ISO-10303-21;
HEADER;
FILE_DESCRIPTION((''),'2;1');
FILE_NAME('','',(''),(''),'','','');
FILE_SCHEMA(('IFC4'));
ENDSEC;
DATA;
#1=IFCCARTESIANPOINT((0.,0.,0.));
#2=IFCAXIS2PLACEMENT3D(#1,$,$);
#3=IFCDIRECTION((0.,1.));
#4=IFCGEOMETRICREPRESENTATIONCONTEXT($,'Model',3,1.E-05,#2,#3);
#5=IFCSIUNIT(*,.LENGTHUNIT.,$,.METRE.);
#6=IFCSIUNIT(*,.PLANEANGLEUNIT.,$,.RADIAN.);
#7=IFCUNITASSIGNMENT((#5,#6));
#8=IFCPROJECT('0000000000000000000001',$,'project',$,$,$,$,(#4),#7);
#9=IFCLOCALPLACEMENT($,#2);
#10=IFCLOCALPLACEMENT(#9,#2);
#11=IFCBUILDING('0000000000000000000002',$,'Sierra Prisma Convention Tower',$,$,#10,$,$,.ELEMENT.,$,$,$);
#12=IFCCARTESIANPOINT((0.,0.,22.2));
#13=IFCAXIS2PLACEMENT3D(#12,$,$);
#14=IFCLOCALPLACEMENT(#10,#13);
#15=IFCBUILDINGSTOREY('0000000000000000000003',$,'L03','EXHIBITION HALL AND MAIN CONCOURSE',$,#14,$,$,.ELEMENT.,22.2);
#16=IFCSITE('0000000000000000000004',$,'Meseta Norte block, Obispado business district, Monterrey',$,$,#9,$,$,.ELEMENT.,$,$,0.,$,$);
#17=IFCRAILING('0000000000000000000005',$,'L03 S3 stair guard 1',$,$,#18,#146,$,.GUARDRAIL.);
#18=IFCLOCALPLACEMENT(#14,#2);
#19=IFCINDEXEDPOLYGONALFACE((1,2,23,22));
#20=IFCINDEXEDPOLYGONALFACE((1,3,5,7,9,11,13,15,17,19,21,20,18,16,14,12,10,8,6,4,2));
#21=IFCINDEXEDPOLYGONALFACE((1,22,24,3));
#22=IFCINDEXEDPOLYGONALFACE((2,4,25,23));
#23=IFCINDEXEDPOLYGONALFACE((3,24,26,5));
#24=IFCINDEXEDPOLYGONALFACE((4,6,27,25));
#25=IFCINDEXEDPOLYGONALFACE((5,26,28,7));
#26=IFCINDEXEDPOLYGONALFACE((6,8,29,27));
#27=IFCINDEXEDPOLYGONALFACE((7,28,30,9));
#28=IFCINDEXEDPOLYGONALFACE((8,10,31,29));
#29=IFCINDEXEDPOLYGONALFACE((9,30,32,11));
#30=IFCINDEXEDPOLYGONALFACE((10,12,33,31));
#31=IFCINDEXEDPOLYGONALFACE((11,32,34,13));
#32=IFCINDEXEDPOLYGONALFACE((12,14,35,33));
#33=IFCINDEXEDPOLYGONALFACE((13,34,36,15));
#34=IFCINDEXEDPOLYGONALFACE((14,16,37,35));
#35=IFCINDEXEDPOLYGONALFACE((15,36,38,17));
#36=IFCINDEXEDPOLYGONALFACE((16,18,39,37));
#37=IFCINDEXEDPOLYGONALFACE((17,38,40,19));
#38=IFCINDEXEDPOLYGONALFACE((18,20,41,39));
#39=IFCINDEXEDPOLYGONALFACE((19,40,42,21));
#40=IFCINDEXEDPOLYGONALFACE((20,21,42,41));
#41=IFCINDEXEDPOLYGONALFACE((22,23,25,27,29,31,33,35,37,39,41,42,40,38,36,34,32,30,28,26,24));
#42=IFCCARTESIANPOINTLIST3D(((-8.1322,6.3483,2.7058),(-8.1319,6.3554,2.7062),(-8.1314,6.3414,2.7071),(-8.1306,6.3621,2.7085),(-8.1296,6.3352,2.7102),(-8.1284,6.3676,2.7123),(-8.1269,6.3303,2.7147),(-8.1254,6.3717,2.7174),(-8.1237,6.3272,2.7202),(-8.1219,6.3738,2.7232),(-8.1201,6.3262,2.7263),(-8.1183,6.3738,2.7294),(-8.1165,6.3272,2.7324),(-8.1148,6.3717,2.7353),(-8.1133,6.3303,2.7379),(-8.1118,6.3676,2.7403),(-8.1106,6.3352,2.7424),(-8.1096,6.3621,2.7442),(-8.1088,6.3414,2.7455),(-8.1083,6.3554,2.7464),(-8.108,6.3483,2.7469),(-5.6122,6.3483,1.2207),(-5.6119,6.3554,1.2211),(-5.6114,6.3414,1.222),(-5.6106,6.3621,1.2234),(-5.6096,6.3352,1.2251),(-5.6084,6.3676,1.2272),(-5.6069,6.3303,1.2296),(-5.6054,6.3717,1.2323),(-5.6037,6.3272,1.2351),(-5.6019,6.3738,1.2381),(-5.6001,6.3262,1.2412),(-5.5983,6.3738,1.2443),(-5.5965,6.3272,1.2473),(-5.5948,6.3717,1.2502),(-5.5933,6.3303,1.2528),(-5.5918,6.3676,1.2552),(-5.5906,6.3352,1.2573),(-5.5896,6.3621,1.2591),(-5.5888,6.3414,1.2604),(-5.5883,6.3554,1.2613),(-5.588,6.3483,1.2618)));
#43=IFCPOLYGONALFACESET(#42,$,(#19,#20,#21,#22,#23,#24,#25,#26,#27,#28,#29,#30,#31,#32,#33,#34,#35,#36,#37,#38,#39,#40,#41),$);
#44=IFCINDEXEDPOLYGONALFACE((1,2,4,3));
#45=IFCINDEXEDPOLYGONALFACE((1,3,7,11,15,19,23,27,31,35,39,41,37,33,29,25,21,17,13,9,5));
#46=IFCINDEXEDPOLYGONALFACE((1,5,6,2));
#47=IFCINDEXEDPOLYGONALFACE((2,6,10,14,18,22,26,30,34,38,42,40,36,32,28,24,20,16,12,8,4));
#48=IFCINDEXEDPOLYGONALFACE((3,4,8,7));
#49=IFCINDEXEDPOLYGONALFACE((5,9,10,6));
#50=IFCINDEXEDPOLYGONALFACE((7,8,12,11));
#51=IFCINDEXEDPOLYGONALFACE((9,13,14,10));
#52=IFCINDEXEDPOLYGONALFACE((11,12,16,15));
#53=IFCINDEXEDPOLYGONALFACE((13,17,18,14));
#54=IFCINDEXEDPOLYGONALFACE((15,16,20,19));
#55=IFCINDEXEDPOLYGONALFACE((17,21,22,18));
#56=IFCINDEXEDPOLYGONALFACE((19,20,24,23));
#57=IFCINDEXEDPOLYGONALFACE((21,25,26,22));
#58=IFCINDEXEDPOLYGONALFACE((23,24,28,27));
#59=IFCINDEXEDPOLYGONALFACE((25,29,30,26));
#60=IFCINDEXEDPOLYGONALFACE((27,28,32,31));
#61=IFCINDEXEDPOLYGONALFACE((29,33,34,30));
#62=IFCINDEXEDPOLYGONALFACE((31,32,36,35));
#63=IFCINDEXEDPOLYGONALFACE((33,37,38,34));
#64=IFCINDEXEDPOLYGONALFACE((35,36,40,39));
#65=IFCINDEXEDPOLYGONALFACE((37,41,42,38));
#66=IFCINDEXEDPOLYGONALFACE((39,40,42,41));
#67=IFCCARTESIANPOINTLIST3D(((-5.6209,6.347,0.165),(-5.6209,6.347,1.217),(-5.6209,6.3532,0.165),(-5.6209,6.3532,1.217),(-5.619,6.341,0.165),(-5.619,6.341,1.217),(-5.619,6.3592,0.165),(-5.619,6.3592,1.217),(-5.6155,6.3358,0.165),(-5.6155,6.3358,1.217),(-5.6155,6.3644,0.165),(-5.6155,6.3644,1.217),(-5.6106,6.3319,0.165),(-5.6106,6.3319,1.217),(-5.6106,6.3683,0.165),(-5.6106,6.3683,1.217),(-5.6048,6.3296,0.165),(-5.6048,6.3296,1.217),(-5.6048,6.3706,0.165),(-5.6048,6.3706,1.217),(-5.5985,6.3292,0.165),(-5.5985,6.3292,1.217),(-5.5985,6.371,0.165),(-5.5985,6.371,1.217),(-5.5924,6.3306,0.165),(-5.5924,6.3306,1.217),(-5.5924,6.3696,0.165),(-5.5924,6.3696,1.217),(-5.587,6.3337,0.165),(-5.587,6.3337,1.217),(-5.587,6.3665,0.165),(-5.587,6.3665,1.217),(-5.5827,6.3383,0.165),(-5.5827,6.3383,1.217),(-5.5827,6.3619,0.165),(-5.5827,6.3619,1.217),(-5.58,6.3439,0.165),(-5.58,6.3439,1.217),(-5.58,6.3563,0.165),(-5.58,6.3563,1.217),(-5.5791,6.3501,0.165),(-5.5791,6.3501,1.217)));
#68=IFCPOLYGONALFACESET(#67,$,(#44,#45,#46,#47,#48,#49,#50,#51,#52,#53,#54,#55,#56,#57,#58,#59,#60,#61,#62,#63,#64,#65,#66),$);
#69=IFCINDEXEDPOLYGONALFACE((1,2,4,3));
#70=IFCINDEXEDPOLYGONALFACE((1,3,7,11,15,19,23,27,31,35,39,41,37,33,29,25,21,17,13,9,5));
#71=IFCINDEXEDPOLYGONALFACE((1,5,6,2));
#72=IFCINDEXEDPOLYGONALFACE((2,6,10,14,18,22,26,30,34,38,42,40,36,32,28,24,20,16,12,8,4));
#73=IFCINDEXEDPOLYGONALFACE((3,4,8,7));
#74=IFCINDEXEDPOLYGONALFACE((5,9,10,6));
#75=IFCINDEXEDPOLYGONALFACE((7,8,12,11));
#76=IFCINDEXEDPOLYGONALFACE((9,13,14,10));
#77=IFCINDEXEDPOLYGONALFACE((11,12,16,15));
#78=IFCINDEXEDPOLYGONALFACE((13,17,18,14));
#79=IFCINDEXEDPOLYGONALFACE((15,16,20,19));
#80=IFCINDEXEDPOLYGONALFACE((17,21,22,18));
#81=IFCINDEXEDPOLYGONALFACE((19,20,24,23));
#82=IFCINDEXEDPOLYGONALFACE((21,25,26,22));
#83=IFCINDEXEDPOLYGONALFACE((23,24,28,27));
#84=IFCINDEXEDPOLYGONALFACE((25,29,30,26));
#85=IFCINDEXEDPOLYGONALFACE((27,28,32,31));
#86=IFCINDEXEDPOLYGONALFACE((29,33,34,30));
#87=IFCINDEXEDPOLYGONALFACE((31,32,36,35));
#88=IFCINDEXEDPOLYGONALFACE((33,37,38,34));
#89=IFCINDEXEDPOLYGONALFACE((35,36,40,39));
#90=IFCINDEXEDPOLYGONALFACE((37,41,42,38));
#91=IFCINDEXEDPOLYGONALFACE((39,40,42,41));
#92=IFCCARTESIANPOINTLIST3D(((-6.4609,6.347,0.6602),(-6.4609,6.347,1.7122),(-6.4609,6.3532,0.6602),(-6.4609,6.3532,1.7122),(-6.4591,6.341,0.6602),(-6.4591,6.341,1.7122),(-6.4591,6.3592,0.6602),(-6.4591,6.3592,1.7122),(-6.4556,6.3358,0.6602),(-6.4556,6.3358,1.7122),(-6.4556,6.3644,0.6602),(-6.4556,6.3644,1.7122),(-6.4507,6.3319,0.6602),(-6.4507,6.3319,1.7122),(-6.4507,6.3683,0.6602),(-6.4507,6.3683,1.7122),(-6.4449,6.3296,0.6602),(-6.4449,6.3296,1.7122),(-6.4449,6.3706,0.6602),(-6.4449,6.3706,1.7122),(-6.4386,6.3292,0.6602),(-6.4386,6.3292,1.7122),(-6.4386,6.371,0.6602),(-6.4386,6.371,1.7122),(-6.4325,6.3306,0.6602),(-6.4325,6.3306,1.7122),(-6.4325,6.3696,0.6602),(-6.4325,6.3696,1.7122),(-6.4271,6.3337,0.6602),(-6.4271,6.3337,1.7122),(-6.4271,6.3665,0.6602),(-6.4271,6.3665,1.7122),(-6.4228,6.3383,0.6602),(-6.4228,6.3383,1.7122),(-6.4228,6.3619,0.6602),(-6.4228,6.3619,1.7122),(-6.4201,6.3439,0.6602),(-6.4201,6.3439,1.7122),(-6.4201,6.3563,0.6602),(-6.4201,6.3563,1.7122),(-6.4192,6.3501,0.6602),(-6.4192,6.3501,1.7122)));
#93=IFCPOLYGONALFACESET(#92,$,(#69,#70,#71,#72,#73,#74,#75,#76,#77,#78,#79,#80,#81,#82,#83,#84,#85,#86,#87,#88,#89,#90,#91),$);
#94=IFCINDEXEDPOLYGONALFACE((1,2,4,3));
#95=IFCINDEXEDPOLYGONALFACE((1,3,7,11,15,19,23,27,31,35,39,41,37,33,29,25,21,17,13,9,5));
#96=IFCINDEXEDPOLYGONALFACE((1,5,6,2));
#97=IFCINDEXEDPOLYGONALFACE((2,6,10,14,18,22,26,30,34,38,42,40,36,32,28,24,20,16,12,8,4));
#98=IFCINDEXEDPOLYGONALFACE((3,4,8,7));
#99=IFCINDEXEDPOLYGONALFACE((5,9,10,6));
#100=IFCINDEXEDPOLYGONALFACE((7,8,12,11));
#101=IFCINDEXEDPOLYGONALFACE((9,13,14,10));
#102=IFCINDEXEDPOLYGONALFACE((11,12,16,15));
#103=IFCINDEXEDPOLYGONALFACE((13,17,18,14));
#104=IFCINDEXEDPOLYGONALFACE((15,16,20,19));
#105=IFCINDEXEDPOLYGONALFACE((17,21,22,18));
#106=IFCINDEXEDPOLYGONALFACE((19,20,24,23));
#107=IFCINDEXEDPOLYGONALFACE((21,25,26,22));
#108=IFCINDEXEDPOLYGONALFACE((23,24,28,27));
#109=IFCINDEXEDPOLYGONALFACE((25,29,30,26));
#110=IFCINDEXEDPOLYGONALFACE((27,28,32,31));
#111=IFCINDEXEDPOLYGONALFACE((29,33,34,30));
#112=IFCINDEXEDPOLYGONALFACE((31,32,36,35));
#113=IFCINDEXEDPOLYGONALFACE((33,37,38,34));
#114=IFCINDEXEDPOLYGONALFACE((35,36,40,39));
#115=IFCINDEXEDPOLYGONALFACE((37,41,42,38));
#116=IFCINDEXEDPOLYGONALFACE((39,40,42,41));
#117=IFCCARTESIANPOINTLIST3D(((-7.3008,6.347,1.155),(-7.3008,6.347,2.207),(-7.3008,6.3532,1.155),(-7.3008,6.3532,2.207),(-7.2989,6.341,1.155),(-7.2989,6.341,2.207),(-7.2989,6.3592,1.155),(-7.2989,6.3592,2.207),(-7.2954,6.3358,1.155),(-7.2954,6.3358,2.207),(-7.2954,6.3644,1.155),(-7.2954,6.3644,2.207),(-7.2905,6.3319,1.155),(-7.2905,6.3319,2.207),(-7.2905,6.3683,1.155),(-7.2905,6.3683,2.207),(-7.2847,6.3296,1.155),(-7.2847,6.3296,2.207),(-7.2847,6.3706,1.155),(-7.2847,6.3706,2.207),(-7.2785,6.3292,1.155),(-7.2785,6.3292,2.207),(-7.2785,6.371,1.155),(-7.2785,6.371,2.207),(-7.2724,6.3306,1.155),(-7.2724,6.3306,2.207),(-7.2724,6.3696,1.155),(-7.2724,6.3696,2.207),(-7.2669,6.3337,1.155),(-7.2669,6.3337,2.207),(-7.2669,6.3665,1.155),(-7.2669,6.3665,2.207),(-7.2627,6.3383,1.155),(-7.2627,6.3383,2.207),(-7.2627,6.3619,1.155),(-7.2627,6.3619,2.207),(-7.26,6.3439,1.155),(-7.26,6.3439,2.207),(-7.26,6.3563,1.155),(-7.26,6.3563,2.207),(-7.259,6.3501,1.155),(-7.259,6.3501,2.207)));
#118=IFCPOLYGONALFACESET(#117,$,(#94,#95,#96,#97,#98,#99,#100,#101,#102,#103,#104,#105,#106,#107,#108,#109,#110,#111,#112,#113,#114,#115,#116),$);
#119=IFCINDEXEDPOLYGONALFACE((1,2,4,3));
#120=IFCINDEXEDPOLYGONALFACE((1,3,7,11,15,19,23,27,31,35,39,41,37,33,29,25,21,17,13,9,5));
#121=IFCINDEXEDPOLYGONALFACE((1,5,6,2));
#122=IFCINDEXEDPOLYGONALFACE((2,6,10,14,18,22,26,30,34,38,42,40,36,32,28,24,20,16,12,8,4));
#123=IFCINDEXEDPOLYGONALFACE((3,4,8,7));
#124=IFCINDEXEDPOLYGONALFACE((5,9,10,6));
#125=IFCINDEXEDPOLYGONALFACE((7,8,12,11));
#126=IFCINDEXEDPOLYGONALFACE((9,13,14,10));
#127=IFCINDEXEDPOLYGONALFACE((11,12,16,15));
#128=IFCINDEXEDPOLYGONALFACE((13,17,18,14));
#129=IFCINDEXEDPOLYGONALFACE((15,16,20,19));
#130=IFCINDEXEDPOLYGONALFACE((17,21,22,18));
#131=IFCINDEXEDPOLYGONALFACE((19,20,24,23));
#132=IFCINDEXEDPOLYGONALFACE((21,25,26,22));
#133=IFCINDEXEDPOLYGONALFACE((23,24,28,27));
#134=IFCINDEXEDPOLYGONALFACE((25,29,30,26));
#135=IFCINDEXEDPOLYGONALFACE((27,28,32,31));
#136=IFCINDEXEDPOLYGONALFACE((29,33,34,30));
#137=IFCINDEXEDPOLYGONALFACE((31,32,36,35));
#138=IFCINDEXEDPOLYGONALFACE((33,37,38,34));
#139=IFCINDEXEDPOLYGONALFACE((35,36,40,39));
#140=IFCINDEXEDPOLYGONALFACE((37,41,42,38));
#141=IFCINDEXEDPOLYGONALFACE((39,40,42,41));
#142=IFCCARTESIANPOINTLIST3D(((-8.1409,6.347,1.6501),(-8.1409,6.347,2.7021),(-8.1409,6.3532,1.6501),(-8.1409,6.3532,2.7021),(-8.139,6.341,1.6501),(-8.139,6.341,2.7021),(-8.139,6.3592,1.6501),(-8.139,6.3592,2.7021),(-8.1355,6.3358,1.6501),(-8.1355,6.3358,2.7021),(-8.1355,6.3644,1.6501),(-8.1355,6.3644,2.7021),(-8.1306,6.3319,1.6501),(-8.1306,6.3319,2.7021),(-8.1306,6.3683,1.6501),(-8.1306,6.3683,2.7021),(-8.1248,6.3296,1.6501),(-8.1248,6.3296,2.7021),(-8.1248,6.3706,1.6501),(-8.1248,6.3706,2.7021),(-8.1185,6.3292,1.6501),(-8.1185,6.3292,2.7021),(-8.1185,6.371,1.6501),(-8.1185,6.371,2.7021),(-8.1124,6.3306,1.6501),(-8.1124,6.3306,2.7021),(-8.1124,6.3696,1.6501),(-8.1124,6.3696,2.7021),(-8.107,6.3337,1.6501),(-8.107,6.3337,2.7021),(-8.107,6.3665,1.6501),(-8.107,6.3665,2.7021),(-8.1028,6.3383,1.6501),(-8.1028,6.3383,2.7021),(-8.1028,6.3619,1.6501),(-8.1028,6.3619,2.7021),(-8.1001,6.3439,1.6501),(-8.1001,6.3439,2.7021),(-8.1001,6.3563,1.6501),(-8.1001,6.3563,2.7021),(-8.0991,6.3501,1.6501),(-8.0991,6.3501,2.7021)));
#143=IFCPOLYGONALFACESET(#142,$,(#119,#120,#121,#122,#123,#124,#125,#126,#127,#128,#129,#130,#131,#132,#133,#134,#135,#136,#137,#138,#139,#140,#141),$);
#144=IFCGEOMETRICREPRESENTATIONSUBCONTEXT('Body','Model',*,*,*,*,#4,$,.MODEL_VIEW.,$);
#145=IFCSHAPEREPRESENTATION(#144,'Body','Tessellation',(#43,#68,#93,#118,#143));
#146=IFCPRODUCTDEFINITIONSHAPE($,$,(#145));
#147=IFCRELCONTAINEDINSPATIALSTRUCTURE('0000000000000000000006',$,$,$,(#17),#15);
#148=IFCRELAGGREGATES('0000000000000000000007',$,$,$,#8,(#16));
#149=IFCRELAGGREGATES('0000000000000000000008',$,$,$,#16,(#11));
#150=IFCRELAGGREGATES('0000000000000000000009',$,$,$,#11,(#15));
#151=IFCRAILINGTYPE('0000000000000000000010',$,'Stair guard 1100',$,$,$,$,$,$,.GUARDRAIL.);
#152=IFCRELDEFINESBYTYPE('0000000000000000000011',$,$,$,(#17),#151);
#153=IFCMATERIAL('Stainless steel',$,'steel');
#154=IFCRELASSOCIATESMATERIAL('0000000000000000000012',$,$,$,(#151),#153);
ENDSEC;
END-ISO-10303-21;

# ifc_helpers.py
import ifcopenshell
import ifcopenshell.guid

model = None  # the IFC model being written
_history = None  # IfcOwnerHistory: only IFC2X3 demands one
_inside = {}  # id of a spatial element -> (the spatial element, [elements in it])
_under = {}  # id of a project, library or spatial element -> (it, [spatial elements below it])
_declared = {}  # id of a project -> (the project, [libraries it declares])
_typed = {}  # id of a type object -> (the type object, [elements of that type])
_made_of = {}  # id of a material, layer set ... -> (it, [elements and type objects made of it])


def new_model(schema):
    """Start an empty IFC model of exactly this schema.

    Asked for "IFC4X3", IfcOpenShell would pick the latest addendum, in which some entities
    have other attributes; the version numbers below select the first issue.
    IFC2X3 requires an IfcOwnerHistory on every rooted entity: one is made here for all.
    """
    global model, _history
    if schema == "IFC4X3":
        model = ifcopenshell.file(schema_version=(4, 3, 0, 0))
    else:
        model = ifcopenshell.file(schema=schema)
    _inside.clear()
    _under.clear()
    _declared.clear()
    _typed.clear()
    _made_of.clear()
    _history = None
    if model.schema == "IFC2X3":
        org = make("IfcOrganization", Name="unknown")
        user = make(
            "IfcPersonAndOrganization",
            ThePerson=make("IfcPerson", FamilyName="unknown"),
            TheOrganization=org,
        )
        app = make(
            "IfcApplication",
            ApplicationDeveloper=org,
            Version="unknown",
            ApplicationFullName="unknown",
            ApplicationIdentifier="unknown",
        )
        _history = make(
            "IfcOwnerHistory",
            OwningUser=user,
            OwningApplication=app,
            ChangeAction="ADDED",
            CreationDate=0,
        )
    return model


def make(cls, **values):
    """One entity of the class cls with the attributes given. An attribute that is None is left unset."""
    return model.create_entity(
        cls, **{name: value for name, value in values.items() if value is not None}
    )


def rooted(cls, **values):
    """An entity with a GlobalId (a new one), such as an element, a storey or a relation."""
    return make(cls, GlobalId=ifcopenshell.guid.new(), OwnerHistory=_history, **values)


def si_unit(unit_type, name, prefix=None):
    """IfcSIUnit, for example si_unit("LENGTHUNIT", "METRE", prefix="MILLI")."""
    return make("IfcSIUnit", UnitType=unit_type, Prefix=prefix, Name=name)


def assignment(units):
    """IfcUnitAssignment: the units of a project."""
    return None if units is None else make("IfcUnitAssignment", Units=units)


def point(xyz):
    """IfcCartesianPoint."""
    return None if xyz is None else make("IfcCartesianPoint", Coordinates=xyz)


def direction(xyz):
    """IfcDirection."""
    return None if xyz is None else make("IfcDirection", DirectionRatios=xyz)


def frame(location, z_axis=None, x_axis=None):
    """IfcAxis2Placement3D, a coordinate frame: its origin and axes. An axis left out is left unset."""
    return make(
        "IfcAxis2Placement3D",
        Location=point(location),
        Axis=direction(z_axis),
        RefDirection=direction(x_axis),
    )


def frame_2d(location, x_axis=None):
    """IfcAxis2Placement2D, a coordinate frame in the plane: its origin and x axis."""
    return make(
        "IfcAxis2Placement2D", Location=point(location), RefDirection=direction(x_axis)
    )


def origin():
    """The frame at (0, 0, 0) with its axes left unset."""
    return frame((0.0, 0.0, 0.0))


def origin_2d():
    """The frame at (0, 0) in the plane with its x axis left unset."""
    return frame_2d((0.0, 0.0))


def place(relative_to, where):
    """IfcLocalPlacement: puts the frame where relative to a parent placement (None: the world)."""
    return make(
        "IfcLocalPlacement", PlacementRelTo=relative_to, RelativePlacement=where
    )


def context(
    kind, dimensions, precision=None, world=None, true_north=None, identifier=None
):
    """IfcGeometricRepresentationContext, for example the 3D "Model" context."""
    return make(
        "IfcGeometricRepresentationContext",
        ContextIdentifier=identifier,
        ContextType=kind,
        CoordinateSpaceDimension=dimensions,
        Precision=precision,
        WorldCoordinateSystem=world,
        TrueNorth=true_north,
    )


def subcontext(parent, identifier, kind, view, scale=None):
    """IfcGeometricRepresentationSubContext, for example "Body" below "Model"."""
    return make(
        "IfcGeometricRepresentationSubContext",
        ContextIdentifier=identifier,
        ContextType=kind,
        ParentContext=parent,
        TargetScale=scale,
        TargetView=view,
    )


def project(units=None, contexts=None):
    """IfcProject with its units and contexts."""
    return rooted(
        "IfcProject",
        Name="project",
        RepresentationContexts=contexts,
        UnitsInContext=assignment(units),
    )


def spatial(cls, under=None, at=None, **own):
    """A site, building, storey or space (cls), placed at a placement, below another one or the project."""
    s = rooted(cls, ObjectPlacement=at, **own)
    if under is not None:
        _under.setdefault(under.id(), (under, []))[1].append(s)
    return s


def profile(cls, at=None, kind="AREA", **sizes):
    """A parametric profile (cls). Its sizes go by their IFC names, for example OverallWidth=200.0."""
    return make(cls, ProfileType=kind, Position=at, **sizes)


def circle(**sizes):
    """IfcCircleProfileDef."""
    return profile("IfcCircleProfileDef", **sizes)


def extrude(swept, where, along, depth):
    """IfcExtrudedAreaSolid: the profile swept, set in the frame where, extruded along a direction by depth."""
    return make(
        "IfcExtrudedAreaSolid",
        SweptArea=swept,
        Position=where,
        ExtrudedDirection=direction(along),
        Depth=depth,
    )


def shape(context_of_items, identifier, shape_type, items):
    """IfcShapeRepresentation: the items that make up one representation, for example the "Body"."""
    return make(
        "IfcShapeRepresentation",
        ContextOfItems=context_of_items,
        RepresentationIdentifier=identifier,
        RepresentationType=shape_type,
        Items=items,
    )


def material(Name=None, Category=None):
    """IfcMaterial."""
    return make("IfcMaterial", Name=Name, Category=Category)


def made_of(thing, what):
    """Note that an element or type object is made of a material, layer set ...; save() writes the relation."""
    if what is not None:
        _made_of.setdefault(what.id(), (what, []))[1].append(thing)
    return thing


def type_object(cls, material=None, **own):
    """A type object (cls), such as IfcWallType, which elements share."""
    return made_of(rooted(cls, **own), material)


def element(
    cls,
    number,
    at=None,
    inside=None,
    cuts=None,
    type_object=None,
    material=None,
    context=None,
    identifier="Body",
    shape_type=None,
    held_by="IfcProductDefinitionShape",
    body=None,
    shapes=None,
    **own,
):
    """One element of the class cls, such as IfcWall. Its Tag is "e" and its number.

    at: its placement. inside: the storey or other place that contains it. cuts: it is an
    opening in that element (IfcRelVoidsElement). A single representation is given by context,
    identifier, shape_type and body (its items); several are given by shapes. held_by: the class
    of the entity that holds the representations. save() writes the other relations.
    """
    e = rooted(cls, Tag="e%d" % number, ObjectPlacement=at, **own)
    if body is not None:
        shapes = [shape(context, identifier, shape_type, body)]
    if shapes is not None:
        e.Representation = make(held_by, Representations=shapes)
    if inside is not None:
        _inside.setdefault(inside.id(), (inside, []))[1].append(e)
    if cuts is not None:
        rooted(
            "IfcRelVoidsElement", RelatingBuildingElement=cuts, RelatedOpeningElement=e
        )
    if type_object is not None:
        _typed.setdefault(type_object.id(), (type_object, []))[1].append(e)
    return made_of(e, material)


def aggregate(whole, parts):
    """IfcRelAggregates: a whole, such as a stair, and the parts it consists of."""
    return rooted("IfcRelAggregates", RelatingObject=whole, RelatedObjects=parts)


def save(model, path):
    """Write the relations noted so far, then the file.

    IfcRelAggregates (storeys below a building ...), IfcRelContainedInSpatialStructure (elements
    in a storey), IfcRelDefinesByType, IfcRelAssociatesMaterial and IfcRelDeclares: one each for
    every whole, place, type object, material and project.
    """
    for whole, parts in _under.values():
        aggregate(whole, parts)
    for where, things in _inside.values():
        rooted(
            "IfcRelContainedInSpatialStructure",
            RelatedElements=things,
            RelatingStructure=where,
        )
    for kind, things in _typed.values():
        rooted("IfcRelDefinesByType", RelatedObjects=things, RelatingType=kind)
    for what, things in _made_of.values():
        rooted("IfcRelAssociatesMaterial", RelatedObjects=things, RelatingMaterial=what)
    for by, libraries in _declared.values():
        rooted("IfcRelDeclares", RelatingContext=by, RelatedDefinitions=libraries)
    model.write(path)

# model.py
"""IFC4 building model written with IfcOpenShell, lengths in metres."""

from ifc_helpers import new_model, si_unit, direction, frame, origin, origin_2d, place, context, subcontext, project, spatial, circle, extrude, material, type_object, element, save


model = new_model("IFC4")

# Units and contexts
model_context = context("Model", 3, precision=1e-05, world=origin(), true_north=direction((0.0, 1.0)))
body_context = subcontext(model_context, "Body", "Model", "MODEL_VIEW")
ifc_project = project(units=[si_unit("LENGTHUNIT", "METRE"), si_unit("PLANEANGLEUNIT", "RADIAN")], contexts=[model_context])

# Site, building, storey
site_placement = place(None, origin())
site = spatial("IfcSite", under=ifc_project, at=site_placement, Name="Meseta Norte block, Obispado business district, Monterrey", CompositionType="ELEMENT", RefElevation=0.0)
building_placement = place(site_placement, origin())
building = spatial("IfcBuilding", under=site, at=building_placement, Name="Sierra Prisma Convention Tower", CompositionType="ELEMENT")
storey_placement = place(building_placement, frame((0.0, 0.0, 22.2)))
storey = spatial("IfcBuildingStorey", under=building, at=storey_placement, Name="L03", Description="EXHIBITION HALL AND MAIN CONCOURSE", CompositionType="ELEMENT", Elevation=22.2)

# Railing
ifc_material_1 = material(Name="Stainless steel", Category="steel")
railing_type = type_object("IfcRailingType", Name="Stair guard 1100", PredefinedType="GUARDRAIL", material=ifc_material_1)
railing_placement = place(storey_placement, frame((-5.6001, 6.3501, 0.165)))
element("IfcRailing", 1, at=railing_placement, inside=storey, type_object=railing_type, Name="L03 S3 stair guard 1", PredefinedType="GUARDRAIL", context=body_context, shape_type="SweptSolid", body=[
    extrude(circle(Radius=0.0239, at=origin_2d()), frame((0.0, 0.0, 1.0762), z_axis=(-0.861524, 0.0, 0.507717), x_axis=(0.0, -1.0, 0.0)), (0.0, 0.0, 1.0), 2.925),
    extrude(circle(Radius=0.021, at=origin_2d()), origin(), (0.0, 0.0, 1.0), 1.052),
    extrude(circle(Radius=0.021, at=origin_2d()), frame((-0.8401, 0.0, 0.4951)), (0.0, 0.0, 1.0), 1.052),
    extrude(circle(Radius=0.021, at=origin_2d()), frame((-1.6799, 0.0, 0.99)), (0.0, 0.0, 1.0), 1.052),
    extrude(circle(Radius=0.021, at=origin_2d()), frame((-2.52, 0.0, 1.4851)), (0.0, 0.0, 1.0), 1.052),
])

save(model, "model.ifc")
